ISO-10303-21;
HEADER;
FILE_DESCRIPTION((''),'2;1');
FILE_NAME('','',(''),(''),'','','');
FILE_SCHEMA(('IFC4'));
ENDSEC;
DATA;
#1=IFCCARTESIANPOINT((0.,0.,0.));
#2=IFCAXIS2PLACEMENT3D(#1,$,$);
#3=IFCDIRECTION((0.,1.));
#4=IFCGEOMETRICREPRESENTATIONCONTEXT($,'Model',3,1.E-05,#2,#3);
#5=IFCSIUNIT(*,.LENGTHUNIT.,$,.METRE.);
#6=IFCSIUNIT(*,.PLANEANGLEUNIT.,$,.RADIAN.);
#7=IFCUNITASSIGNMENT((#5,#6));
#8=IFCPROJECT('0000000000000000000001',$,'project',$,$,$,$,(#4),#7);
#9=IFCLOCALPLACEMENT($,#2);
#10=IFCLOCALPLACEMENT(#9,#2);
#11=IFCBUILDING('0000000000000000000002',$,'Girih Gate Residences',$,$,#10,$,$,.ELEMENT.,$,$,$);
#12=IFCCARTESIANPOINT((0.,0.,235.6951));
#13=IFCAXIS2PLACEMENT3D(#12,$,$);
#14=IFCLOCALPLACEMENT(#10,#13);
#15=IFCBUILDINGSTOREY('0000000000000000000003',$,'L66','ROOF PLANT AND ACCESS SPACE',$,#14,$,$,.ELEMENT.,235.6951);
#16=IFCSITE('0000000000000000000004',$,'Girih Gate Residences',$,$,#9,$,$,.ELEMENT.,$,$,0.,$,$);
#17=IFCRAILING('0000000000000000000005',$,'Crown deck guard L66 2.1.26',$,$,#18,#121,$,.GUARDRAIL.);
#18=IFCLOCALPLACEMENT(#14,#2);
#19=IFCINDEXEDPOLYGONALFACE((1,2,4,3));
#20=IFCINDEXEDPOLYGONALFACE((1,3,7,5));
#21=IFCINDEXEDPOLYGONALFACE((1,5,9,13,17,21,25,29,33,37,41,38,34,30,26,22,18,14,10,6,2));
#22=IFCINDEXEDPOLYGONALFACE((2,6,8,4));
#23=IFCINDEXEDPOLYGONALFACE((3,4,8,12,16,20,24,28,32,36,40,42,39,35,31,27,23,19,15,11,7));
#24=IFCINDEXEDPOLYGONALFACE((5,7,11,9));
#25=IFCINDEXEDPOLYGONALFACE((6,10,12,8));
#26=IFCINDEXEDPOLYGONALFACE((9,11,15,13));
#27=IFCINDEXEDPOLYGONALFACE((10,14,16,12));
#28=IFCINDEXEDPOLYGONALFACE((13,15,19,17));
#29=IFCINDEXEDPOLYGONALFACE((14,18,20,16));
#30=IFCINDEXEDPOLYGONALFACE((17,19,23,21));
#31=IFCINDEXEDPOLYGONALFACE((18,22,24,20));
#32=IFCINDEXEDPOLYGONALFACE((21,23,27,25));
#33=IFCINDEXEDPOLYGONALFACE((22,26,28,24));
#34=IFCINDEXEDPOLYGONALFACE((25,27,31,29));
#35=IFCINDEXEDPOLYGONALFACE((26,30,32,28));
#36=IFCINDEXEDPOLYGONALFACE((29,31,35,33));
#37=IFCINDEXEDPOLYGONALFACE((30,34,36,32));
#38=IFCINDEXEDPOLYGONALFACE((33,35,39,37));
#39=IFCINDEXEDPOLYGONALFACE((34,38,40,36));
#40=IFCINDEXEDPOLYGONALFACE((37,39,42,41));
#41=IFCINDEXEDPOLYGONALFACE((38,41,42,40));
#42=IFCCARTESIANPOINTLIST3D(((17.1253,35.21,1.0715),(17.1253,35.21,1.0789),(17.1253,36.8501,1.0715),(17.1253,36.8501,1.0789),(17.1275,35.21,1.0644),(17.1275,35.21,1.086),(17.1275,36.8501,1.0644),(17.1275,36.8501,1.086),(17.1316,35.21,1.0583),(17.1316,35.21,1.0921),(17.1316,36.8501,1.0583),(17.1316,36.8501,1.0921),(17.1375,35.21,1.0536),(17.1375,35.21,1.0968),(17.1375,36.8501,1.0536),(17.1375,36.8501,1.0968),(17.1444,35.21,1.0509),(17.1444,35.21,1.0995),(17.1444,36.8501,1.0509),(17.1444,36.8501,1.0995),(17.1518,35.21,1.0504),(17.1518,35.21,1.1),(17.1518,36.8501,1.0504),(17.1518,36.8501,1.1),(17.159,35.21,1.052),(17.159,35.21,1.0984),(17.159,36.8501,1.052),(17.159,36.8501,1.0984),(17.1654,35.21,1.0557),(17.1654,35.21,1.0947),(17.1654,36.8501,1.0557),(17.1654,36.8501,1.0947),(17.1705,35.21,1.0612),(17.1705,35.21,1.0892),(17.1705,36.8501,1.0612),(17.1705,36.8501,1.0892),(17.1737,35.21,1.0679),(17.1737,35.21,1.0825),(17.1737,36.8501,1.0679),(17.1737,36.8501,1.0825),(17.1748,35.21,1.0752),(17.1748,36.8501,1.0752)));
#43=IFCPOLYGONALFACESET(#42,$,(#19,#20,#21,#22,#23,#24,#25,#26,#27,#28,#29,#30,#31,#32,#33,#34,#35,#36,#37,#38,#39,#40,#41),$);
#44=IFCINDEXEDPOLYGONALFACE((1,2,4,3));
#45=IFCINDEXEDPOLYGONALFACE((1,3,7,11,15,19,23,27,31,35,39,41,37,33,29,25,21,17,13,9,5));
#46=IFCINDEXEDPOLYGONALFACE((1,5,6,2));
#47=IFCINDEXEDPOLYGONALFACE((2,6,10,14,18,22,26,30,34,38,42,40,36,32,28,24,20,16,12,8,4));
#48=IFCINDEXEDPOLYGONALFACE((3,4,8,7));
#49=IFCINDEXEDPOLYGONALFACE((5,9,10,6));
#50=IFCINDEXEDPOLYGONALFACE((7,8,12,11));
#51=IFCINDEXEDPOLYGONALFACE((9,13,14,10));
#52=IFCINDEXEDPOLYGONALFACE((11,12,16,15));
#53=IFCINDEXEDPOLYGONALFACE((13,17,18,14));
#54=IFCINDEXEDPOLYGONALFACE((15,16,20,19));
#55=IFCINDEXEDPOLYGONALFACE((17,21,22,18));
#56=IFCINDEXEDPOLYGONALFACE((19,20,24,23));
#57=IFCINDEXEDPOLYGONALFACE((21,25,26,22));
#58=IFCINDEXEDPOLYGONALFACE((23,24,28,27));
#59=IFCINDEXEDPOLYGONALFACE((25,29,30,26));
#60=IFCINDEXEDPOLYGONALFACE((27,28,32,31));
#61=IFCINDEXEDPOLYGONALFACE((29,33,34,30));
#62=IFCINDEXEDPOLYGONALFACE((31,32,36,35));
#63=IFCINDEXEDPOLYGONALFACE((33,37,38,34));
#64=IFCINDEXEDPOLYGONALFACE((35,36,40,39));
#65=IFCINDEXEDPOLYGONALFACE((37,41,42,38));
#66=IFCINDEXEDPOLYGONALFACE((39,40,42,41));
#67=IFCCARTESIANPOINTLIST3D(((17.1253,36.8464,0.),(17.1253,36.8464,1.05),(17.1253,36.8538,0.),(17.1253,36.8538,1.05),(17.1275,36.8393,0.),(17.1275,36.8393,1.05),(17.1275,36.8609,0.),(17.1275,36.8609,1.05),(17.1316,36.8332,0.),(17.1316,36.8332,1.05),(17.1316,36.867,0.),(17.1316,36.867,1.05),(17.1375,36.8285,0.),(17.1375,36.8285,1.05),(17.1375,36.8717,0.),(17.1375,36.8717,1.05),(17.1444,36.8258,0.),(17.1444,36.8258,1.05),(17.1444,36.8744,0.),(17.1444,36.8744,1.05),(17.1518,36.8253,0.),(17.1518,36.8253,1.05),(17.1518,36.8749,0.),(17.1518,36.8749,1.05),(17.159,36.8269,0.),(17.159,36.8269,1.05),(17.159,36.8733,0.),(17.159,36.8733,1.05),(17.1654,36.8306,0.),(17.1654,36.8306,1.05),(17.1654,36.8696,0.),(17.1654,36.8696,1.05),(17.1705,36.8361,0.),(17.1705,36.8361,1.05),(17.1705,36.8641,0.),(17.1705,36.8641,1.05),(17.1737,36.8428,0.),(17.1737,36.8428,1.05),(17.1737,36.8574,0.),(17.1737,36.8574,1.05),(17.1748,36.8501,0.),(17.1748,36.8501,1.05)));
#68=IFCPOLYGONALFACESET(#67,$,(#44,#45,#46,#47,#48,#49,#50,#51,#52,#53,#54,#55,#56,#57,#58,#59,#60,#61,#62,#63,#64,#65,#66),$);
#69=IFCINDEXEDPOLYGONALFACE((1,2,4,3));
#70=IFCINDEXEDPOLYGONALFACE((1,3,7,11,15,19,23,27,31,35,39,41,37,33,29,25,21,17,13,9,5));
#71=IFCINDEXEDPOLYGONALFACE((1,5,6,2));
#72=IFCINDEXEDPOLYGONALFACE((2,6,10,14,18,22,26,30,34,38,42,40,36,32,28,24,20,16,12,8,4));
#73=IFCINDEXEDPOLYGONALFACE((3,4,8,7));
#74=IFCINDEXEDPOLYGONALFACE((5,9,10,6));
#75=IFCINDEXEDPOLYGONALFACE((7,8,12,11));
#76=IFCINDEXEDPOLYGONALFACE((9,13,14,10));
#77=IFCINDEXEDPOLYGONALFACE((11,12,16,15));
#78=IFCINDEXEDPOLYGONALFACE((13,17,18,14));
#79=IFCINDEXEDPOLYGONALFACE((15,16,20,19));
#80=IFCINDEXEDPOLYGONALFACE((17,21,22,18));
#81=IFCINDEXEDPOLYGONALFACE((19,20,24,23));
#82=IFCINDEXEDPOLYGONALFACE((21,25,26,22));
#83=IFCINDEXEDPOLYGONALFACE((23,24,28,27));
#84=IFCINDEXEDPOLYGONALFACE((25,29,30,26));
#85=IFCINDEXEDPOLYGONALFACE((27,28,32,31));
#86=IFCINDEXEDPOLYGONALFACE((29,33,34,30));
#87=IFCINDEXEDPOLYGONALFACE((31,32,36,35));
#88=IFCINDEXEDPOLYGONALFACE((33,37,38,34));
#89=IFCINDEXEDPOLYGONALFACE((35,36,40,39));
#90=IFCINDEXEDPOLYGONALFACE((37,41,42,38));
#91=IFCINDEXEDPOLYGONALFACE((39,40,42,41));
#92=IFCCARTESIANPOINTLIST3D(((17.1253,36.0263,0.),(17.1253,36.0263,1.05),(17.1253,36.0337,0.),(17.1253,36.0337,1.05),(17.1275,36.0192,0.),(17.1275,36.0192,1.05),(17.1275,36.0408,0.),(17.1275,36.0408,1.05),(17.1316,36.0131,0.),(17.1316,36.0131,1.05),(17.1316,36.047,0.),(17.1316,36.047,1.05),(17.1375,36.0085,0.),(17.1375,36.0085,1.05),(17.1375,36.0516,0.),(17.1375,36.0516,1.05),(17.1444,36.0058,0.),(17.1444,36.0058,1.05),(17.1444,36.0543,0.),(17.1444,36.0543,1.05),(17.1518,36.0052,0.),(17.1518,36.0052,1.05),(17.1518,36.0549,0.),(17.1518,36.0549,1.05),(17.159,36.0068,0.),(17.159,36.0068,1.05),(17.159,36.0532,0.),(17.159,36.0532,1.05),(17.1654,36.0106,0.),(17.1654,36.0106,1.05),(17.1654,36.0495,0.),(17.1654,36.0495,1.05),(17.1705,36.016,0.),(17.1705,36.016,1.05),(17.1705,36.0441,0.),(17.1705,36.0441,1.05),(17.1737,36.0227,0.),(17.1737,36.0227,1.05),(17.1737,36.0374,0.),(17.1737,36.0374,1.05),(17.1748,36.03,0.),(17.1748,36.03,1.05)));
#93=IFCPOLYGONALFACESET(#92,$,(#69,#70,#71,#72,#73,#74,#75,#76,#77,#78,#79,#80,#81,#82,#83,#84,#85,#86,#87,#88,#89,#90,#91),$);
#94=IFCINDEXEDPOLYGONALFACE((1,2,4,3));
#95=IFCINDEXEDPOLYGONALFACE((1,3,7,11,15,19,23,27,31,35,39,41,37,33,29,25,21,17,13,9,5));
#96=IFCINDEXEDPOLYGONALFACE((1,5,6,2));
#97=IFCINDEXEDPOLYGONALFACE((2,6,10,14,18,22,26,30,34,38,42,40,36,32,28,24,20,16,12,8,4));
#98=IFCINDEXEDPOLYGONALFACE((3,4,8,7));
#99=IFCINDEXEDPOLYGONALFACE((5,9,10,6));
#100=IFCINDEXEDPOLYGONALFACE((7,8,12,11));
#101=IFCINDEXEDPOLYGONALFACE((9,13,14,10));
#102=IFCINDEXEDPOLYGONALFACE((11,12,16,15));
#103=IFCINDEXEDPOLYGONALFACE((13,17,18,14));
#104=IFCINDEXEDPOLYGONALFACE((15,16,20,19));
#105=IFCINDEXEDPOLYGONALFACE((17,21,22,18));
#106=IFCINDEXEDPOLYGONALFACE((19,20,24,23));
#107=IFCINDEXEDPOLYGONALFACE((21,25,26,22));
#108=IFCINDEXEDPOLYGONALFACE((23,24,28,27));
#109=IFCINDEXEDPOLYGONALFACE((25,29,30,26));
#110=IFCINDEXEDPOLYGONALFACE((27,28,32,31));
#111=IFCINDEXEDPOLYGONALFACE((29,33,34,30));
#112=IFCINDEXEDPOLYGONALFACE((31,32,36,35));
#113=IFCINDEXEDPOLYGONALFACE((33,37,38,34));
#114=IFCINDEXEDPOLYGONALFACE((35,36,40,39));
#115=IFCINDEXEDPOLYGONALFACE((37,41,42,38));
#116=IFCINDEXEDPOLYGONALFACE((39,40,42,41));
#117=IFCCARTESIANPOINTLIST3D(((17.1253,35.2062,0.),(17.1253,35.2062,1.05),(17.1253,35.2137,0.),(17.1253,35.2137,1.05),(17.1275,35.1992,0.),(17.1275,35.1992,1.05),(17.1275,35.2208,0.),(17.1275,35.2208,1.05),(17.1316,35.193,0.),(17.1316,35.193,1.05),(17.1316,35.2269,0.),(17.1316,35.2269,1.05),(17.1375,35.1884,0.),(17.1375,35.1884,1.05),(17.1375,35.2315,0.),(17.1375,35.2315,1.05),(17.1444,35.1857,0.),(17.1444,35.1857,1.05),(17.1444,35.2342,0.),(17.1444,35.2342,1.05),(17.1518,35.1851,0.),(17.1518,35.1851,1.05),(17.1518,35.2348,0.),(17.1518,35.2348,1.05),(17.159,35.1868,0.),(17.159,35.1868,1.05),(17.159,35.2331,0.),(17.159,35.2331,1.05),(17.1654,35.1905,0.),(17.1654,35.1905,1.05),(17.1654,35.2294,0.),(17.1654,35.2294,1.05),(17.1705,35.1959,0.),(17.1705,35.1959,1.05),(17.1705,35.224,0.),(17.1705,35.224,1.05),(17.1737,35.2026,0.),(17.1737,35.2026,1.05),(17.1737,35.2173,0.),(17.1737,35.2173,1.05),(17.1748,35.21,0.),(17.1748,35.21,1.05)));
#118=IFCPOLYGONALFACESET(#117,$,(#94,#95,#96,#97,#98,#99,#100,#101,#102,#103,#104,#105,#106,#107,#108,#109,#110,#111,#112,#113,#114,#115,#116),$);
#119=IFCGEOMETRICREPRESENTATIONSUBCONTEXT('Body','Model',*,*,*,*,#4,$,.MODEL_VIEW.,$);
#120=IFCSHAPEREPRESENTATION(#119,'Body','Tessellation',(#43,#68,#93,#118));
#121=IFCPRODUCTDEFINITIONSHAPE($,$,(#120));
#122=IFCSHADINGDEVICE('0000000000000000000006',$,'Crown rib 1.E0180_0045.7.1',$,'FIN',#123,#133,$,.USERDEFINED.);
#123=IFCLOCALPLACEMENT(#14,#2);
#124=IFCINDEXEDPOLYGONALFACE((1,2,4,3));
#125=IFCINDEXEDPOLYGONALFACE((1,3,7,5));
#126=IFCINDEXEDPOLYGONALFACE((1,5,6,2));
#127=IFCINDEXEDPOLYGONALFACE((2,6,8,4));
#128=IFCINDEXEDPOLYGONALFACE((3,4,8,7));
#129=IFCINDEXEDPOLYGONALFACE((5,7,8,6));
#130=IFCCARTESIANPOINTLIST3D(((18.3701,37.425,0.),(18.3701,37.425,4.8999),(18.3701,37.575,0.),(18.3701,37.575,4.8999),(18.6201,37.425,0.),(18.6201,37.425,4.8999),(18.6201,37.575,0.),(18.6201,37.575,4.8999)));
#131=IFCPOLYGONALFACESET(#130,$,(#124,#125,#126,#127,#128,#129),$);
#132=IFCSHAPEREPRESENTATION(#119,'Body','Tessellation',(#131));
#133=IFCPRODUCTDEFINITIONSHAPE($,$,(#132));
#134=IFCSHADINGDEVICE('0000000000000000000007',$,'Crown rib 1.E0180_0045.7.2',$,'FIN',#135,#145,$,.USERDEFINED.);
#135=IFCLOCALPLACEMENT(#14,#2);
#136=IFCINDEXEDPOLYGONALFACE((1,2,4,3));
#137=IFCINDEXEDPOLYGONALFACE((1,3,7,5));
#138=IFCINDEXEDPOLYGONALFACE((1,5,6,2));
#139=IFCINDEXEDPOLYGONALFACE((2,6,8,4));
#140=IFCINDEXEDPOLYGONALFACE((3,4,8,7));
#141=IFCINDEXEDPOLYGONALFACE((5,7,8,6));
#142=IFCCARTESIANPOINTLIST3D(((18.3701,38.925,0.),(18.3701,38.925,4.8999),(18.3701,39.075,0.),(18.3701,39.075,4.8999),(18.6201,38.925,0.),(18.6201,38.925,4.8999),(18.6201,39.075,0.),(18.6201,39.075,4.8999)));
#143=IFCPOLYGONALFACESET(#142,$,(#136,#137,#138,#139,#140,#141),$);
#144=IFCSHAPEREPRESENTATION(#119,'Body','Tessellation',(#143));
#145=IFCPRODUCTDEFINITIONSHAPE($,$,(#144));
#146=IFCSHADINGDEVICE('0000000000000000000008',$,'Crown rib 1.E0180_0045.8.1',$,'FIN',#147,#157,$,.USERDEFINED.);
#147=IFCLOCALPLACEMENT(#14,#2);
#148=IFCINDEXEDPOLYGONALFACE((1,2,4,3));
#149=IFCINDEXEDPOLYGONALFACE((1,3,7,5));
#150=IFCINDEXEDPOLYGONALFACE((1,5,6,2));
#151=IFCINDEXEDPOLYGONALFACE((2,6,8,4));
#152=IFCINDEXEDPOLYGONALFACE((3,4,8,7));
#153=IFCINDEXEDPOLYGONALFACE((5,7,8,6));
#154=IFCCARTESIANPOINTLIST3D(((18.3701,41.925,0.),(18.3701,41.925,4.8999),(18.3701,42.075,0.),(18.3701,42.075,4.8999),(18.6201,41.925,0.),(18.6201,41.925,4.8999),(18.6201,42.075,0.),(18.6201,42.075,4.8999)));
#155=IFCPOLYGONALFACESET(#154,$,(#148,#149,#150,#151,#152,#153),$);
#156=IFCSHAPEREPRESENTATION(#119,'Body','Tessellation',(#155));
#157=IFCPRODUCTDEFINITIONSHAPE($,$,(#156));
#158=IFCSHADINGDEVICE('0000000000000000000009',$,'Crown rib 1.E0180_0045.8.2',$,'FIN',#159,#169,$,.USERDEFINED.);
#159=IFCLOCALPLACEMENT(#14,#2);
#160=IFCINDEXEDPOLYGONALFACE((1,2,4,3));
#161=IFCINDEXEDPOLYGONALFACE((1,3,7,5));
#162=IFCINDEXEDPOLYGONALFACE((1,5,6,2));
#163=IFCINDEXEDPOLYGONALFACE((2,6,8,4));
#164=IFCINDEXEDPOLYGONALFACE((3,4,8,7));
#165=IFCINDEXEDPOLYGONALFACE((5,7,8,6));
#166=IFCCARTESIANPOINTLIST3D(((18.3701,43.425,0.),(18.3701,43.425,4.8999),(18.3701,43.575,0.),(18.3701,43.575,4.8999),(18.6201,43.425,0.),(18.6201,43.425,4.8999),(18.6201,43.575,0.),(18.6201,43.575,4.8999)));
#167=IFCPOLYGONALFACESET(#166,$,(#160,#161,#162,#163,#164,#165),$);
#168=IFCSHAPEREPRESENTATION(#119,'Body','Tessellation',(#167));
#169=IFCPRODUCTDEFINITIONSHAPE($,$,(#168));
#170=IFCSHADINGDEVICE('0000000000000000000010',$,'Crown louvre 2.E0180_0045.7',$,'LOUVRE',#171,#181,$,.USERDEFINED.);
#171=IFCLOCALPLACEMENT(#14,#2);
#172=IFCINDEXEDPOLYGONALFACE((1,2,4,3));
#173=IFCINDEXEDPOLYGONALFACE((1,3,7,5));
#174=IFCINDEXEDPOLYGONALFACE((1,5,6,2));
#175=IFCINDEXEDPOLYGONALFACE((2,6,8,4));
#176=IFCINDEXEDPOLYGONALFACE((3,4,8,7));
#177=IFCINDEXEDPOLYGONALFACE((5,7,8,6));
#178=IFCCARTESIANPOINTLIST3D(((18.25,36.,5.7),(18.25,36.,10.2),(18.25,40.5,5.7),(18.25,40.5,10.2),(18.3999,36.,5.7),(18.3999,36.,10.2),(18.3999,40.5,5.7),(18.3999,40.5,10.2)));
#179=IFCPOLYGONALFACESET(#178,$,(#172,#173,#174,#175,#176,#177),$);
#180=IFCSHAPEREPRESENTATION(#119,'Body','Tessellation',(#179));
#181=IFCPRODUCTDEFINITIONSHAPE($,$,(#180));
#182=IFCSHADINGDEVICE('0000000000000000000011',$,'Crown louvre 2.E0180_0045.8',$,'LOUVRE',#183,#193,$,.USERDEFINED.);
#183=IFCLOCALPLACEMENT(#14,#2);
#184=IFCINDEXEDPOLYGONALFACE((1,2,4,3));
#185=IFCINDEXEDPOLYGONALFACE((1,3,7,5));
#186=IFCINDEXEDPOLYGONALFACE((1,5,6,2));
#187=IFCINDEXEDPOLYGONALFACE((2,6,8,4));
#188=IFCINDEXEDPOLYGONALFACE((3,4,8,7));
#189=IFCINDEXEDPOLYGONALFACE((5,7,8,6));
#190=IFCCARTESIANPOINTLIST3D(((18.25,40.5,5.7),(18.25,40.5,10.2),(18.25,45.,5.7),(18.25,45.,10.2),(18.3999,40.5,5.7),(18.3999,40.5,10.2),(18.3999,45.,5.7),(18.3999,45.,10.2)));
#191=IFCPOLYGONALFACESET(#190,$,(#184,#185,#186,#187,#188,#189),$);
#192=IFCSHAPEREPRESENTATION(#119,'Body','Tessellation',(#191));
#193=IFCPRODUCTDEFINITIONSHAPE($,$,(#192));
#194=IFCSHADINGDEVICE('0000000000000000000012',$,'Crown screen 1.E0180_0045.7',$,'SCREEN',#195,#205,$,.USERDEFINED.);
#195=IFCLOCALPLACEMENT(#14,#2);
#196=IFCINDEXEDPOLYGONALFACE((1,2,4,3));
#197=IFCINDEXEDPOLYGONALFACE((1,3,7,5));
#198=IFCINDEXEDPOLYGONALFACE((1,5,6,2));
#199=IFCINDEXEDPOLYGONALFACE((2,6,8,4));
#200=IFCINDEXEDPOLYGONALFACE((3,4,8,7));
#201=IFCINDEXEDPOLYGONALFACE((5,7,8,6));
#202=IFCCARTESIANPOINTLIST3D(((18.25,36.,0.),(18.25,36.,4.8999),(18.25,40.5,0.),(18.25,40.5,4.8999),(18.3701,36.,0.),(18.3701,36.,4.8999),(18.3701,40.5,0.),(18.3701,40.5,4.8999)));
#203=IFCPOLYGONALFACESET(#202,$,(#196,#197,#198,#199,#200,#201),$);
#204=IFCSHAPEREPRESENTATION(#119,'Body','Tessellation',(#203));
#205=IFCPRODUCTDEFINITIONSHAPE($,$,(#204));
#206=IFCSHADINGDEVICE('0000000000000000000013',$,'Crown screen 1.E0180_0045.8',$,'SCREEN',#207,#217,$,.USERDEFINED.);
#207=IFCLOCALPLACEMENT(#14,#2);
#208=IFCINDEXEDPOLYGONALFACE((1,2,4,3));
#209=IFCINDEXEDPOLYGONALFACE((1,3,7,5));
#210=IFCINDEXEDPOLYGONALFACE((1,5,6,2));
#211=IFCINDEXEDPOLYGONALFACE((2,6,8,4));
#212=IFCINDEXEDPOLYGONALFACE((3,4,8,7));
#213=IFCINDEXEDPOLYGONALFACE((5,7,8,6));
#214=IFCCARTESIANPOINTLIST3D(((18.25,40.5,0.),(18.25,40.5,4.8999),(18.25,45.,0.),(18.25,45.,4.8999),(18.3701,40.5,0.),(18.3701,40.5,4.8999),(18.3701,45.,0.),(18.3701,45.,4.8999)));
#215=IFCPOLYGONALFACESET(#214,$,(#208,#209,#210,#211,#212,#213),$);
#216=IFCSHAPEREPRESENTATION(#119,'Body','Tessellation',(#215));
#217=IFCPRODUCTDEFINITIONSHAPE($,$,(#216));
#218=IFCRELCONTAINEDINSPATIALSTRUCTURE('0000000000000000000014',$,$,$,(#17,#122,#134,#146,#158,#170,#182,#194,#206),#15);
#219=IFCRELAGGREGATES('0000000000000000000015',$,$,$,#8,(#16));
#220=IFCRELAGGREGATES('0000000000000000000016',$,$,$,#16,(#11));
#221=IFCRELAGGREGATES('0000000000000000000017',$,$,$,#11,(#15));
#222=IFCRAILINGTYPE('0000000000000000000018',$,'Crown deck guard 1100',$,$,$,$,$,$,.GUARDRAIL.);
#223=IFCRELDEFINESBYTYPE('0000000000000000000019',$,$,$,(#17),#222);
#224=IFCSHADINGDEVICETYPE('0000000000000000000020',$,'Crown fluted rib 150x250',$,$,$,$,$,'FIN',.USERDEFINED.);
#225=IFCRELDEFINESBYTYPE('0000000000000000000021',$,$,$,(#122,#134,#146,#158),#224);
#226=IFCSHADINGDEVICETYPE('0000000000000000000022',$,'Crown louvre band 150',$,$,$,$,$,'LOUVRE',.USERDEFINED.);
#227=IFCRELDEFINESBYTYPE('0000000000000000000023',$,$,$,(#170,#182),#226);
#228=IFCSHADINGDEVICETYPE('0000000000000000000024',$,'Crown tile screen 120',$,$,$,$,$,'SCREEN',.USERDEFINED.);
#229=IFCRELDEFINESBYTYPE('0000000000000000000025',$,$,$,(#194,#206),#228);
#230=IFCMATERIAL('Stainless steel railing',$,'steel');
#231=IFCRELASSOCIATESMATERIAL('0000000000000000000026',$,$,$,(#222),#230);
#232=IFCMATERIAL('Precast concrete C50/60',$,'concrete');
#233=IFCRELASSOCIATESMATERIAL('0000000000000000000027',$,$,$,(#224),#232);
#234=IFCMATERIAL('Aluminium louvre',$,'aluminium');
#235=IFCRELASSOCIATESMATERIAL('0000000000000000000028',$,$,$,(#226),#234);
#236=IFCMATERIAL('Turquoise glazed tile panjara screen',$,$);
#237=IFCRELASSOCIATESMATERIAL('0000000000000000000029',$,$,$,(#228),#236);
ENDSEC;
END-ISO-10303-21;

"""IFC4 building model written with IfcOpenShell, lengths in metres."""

from ifc_helpers import new_model, si_unit, direction, frame, origin, origin_2d, place, context, subcontext, project, spatial, rectangle, circle, extrude, material, type_object, element, save


model = new_model("IFC4")

# Units and contexts
model_context = context("Model", 3, precision=1e-05, world=origin(), true_north=direction((0.0, 1.0)))
body_context = subcontext(model_context, "Body", "Model", "MODEL_VIEW")
ifc_project = project(units=[si_unit("LENGTHUNIT", "METRE"), si_unit("PLANEANGLEUNIT", "RADIAN")], contexts=[model_context])

# Site, building, storey
site_placement = place(None, origin())
site = spatial("IfcSite", under=ifc_project, at=site_placement, Name="Girih Gate Residences", CompositionType="ELEMENT", RefElevation=0.0)
building_placement = place(site_placement, origin())
building = spatial("IfcBuilding", under=site, at=building_placement, Name="Girih Gate Residences", CompositionType="ELEMENT")
storey_placement = place(building_placement, frame((0.0, 0.0, 235.6951)))
storey = spatial("IfcBuildingStorey", under=building, at=storey_placement, Name="L66", Description="ROOF PLANT AND ACCESS SPACE", CompositionType="ELEMENT", Elevation=235.6951)

# Railing
ifc_material_1 = material(Name="Stainless steel railing", Category="steel")
railing_type = type_object("IfcRailingType", Name="Crown deck guard 1100", PredefinedType="GUARDRAIL", material=ifc_material_1)
railing_1_placement = place(storey_placement, frame((17.1499, 36.8501, 0.0)))
element("IfcRailing", 1, at=railing_1_placement, inside=storey, type_object=railing_type, Name="Crown deck guard L66 2.1.26", PredefinedType="GUARDRAIL", context=body_context, shape_type="SweptSolid", body=[
    extrude(circle(Radius=0.0249, at=origin_2d()), frame((0.0, 0.0, 1.0752), z_axis=(0.0, -1.0, 0.0), x_axis=(1.0, 0.0, 0.0)), (0.0, 0.0, 1.0), 1.6401),
    extrude(circle(Radius=0.0249, at=origin_2d()), origin(), (0.0, 0.0, 1.0), 1.05),
    extrude(circle(Radius=0.0249, at=origin_2d()), frame((0.0, -0.8201, 0.0)), (0.0, 0.0, 1.0), 1.05),
    extrude(circle(Radius=0.0249, at=origin_2d()), frame((0.0, -1.6401, 0.0)), (0.0, 0.0, 1.0), 1.05),
])

# Shading devices
ifc_material_2 = material(Name="Precast concrete C50/60", Category="concrete")
shading_device_type_1 = type_object("IfcShadingDeviceType", Name="Crown fluted rib 150x250", ElementType="FIN", PredefinedType="USERDEFINED", material=ifc_material_2)
for number, where, z_axis, x_axis, name in (
    (2, (18.4951, 37.5, 0.0), (0.0, 0.0, 1.0), (0.0, 1.0, 0.0), "Crown rib 1.E0180_0045.7.1"),
    (3, (18.4951, 39.0, 0.0), (0.0, 0.0, 1.0), (0.0, 1.0, 0.0), "Crown rib 1.E0180_0045.7.2"),
    (4, (18.4951, 42.0, 0.0), (0.0, 0.0, 1.0), (0.0, 1.0, 0.0), "Crown rib 1.E0180_0045.8.1"),
    (5, (18.4951, 43.5, 0.0), (0.0, 0.0, 1.0), (0.0, 1.0, 0.0), "Crown rib 1.E0180_0045.8.2"),
):
    element("IfcShadingDevice", number, at=place(storey_placement, frame(where, z_axis=z_axis, x_axis=x_axis)), inside=storey, type_object=shading_device_type_1, Name=name, ObjectType="FIN", PredefinedType="USERDEFINED", context=body_context, shape_type="SweptSolid", body=[
        extrude(rectangle(XDim=0.1499, YDim=0.25, at=origin_2d()), origin(), (0.0, 0.0, 1.0), 4.8999),
    ])
ifc_material_3 = material(Name="Aluminium louvre", Category="aluminium")
shading_device_type_2 = type_object("IfcShadingDeviceType", Name="Crown louvre band 150", ElementType="LOUVRE", PredefinedType="USERDEFINED", material=ifc_material_3)
for number, where, z_axis, x_axis, name in (
    (6, (18.325, 38.25, 5.7), (0.0, 0.0, 1.0), (0.0, 1.0, 0.0), "Crown louvre 2.E0180_0045.7"),
    (7, (18.325, 42.75, 5.7), (0.0, 0.0, 1.0), (0.0, 1.0, 0.0), "Crown louvre 2.E0180_0045.8"),
):
    element("IfcShadingDevice", number, at=place(storey_placement, frame(where, z_axis=z_axis, x_axis=x_axis)), inside=storey, type_object=shading_device_type_2, Name=name, ObjectType="LOUVRE", PredefinedType="USERDEFINED", context=body_context, shape_type="SweptSolid", body=[
        extrude(rectangle(XDim=4.5, YDim=0.1499, at=origin_2d()), origin(), (0.0, 0.0, 1.0), 4.5),
    ])
ifc_material_4 = material(Name="Turquoise glazed tile panjara screen")
shading_device_type_3 = type_object("IfcShadingDeviceType", Name="Crown tile screen 120", ElementType="SCREEN", PredefinedType="USERDEFINED", material=ifc_material_4)
for number, where, z_axis, x_axis, name in (
    (8, (18.3101, 38.25, 0.0), (0.0, 0.0, 1.0), (0.0, 1.0, 0.0), "Crown screen 1.E0180_0045.7"),
    (9, (18.3101, 42.75, 0.0), (0.0, 0.0, 1.0), (0.0, 1.0, 0.0), "Crown screen 1.E0180_0045.8"),
):
    element("IfcShadingDevice", number, at=place(storey_placement, frame(where, z_axis=z_axis, x_axis=x_axis)), inside=storey, type_object=shading_device_type_3, Name=name, ObjectType="SCREEN", PredefinedType="USERDEFINED", context=body_context, shape_type="SweptSolid", body=[
        extrude(rectangle(XDim=4.5, YDim=0.1201, at=origin_2d()), origin(), (0.0, 0.0, 1.0), 4.8999),
    ])

save(model, "model.ifc")
